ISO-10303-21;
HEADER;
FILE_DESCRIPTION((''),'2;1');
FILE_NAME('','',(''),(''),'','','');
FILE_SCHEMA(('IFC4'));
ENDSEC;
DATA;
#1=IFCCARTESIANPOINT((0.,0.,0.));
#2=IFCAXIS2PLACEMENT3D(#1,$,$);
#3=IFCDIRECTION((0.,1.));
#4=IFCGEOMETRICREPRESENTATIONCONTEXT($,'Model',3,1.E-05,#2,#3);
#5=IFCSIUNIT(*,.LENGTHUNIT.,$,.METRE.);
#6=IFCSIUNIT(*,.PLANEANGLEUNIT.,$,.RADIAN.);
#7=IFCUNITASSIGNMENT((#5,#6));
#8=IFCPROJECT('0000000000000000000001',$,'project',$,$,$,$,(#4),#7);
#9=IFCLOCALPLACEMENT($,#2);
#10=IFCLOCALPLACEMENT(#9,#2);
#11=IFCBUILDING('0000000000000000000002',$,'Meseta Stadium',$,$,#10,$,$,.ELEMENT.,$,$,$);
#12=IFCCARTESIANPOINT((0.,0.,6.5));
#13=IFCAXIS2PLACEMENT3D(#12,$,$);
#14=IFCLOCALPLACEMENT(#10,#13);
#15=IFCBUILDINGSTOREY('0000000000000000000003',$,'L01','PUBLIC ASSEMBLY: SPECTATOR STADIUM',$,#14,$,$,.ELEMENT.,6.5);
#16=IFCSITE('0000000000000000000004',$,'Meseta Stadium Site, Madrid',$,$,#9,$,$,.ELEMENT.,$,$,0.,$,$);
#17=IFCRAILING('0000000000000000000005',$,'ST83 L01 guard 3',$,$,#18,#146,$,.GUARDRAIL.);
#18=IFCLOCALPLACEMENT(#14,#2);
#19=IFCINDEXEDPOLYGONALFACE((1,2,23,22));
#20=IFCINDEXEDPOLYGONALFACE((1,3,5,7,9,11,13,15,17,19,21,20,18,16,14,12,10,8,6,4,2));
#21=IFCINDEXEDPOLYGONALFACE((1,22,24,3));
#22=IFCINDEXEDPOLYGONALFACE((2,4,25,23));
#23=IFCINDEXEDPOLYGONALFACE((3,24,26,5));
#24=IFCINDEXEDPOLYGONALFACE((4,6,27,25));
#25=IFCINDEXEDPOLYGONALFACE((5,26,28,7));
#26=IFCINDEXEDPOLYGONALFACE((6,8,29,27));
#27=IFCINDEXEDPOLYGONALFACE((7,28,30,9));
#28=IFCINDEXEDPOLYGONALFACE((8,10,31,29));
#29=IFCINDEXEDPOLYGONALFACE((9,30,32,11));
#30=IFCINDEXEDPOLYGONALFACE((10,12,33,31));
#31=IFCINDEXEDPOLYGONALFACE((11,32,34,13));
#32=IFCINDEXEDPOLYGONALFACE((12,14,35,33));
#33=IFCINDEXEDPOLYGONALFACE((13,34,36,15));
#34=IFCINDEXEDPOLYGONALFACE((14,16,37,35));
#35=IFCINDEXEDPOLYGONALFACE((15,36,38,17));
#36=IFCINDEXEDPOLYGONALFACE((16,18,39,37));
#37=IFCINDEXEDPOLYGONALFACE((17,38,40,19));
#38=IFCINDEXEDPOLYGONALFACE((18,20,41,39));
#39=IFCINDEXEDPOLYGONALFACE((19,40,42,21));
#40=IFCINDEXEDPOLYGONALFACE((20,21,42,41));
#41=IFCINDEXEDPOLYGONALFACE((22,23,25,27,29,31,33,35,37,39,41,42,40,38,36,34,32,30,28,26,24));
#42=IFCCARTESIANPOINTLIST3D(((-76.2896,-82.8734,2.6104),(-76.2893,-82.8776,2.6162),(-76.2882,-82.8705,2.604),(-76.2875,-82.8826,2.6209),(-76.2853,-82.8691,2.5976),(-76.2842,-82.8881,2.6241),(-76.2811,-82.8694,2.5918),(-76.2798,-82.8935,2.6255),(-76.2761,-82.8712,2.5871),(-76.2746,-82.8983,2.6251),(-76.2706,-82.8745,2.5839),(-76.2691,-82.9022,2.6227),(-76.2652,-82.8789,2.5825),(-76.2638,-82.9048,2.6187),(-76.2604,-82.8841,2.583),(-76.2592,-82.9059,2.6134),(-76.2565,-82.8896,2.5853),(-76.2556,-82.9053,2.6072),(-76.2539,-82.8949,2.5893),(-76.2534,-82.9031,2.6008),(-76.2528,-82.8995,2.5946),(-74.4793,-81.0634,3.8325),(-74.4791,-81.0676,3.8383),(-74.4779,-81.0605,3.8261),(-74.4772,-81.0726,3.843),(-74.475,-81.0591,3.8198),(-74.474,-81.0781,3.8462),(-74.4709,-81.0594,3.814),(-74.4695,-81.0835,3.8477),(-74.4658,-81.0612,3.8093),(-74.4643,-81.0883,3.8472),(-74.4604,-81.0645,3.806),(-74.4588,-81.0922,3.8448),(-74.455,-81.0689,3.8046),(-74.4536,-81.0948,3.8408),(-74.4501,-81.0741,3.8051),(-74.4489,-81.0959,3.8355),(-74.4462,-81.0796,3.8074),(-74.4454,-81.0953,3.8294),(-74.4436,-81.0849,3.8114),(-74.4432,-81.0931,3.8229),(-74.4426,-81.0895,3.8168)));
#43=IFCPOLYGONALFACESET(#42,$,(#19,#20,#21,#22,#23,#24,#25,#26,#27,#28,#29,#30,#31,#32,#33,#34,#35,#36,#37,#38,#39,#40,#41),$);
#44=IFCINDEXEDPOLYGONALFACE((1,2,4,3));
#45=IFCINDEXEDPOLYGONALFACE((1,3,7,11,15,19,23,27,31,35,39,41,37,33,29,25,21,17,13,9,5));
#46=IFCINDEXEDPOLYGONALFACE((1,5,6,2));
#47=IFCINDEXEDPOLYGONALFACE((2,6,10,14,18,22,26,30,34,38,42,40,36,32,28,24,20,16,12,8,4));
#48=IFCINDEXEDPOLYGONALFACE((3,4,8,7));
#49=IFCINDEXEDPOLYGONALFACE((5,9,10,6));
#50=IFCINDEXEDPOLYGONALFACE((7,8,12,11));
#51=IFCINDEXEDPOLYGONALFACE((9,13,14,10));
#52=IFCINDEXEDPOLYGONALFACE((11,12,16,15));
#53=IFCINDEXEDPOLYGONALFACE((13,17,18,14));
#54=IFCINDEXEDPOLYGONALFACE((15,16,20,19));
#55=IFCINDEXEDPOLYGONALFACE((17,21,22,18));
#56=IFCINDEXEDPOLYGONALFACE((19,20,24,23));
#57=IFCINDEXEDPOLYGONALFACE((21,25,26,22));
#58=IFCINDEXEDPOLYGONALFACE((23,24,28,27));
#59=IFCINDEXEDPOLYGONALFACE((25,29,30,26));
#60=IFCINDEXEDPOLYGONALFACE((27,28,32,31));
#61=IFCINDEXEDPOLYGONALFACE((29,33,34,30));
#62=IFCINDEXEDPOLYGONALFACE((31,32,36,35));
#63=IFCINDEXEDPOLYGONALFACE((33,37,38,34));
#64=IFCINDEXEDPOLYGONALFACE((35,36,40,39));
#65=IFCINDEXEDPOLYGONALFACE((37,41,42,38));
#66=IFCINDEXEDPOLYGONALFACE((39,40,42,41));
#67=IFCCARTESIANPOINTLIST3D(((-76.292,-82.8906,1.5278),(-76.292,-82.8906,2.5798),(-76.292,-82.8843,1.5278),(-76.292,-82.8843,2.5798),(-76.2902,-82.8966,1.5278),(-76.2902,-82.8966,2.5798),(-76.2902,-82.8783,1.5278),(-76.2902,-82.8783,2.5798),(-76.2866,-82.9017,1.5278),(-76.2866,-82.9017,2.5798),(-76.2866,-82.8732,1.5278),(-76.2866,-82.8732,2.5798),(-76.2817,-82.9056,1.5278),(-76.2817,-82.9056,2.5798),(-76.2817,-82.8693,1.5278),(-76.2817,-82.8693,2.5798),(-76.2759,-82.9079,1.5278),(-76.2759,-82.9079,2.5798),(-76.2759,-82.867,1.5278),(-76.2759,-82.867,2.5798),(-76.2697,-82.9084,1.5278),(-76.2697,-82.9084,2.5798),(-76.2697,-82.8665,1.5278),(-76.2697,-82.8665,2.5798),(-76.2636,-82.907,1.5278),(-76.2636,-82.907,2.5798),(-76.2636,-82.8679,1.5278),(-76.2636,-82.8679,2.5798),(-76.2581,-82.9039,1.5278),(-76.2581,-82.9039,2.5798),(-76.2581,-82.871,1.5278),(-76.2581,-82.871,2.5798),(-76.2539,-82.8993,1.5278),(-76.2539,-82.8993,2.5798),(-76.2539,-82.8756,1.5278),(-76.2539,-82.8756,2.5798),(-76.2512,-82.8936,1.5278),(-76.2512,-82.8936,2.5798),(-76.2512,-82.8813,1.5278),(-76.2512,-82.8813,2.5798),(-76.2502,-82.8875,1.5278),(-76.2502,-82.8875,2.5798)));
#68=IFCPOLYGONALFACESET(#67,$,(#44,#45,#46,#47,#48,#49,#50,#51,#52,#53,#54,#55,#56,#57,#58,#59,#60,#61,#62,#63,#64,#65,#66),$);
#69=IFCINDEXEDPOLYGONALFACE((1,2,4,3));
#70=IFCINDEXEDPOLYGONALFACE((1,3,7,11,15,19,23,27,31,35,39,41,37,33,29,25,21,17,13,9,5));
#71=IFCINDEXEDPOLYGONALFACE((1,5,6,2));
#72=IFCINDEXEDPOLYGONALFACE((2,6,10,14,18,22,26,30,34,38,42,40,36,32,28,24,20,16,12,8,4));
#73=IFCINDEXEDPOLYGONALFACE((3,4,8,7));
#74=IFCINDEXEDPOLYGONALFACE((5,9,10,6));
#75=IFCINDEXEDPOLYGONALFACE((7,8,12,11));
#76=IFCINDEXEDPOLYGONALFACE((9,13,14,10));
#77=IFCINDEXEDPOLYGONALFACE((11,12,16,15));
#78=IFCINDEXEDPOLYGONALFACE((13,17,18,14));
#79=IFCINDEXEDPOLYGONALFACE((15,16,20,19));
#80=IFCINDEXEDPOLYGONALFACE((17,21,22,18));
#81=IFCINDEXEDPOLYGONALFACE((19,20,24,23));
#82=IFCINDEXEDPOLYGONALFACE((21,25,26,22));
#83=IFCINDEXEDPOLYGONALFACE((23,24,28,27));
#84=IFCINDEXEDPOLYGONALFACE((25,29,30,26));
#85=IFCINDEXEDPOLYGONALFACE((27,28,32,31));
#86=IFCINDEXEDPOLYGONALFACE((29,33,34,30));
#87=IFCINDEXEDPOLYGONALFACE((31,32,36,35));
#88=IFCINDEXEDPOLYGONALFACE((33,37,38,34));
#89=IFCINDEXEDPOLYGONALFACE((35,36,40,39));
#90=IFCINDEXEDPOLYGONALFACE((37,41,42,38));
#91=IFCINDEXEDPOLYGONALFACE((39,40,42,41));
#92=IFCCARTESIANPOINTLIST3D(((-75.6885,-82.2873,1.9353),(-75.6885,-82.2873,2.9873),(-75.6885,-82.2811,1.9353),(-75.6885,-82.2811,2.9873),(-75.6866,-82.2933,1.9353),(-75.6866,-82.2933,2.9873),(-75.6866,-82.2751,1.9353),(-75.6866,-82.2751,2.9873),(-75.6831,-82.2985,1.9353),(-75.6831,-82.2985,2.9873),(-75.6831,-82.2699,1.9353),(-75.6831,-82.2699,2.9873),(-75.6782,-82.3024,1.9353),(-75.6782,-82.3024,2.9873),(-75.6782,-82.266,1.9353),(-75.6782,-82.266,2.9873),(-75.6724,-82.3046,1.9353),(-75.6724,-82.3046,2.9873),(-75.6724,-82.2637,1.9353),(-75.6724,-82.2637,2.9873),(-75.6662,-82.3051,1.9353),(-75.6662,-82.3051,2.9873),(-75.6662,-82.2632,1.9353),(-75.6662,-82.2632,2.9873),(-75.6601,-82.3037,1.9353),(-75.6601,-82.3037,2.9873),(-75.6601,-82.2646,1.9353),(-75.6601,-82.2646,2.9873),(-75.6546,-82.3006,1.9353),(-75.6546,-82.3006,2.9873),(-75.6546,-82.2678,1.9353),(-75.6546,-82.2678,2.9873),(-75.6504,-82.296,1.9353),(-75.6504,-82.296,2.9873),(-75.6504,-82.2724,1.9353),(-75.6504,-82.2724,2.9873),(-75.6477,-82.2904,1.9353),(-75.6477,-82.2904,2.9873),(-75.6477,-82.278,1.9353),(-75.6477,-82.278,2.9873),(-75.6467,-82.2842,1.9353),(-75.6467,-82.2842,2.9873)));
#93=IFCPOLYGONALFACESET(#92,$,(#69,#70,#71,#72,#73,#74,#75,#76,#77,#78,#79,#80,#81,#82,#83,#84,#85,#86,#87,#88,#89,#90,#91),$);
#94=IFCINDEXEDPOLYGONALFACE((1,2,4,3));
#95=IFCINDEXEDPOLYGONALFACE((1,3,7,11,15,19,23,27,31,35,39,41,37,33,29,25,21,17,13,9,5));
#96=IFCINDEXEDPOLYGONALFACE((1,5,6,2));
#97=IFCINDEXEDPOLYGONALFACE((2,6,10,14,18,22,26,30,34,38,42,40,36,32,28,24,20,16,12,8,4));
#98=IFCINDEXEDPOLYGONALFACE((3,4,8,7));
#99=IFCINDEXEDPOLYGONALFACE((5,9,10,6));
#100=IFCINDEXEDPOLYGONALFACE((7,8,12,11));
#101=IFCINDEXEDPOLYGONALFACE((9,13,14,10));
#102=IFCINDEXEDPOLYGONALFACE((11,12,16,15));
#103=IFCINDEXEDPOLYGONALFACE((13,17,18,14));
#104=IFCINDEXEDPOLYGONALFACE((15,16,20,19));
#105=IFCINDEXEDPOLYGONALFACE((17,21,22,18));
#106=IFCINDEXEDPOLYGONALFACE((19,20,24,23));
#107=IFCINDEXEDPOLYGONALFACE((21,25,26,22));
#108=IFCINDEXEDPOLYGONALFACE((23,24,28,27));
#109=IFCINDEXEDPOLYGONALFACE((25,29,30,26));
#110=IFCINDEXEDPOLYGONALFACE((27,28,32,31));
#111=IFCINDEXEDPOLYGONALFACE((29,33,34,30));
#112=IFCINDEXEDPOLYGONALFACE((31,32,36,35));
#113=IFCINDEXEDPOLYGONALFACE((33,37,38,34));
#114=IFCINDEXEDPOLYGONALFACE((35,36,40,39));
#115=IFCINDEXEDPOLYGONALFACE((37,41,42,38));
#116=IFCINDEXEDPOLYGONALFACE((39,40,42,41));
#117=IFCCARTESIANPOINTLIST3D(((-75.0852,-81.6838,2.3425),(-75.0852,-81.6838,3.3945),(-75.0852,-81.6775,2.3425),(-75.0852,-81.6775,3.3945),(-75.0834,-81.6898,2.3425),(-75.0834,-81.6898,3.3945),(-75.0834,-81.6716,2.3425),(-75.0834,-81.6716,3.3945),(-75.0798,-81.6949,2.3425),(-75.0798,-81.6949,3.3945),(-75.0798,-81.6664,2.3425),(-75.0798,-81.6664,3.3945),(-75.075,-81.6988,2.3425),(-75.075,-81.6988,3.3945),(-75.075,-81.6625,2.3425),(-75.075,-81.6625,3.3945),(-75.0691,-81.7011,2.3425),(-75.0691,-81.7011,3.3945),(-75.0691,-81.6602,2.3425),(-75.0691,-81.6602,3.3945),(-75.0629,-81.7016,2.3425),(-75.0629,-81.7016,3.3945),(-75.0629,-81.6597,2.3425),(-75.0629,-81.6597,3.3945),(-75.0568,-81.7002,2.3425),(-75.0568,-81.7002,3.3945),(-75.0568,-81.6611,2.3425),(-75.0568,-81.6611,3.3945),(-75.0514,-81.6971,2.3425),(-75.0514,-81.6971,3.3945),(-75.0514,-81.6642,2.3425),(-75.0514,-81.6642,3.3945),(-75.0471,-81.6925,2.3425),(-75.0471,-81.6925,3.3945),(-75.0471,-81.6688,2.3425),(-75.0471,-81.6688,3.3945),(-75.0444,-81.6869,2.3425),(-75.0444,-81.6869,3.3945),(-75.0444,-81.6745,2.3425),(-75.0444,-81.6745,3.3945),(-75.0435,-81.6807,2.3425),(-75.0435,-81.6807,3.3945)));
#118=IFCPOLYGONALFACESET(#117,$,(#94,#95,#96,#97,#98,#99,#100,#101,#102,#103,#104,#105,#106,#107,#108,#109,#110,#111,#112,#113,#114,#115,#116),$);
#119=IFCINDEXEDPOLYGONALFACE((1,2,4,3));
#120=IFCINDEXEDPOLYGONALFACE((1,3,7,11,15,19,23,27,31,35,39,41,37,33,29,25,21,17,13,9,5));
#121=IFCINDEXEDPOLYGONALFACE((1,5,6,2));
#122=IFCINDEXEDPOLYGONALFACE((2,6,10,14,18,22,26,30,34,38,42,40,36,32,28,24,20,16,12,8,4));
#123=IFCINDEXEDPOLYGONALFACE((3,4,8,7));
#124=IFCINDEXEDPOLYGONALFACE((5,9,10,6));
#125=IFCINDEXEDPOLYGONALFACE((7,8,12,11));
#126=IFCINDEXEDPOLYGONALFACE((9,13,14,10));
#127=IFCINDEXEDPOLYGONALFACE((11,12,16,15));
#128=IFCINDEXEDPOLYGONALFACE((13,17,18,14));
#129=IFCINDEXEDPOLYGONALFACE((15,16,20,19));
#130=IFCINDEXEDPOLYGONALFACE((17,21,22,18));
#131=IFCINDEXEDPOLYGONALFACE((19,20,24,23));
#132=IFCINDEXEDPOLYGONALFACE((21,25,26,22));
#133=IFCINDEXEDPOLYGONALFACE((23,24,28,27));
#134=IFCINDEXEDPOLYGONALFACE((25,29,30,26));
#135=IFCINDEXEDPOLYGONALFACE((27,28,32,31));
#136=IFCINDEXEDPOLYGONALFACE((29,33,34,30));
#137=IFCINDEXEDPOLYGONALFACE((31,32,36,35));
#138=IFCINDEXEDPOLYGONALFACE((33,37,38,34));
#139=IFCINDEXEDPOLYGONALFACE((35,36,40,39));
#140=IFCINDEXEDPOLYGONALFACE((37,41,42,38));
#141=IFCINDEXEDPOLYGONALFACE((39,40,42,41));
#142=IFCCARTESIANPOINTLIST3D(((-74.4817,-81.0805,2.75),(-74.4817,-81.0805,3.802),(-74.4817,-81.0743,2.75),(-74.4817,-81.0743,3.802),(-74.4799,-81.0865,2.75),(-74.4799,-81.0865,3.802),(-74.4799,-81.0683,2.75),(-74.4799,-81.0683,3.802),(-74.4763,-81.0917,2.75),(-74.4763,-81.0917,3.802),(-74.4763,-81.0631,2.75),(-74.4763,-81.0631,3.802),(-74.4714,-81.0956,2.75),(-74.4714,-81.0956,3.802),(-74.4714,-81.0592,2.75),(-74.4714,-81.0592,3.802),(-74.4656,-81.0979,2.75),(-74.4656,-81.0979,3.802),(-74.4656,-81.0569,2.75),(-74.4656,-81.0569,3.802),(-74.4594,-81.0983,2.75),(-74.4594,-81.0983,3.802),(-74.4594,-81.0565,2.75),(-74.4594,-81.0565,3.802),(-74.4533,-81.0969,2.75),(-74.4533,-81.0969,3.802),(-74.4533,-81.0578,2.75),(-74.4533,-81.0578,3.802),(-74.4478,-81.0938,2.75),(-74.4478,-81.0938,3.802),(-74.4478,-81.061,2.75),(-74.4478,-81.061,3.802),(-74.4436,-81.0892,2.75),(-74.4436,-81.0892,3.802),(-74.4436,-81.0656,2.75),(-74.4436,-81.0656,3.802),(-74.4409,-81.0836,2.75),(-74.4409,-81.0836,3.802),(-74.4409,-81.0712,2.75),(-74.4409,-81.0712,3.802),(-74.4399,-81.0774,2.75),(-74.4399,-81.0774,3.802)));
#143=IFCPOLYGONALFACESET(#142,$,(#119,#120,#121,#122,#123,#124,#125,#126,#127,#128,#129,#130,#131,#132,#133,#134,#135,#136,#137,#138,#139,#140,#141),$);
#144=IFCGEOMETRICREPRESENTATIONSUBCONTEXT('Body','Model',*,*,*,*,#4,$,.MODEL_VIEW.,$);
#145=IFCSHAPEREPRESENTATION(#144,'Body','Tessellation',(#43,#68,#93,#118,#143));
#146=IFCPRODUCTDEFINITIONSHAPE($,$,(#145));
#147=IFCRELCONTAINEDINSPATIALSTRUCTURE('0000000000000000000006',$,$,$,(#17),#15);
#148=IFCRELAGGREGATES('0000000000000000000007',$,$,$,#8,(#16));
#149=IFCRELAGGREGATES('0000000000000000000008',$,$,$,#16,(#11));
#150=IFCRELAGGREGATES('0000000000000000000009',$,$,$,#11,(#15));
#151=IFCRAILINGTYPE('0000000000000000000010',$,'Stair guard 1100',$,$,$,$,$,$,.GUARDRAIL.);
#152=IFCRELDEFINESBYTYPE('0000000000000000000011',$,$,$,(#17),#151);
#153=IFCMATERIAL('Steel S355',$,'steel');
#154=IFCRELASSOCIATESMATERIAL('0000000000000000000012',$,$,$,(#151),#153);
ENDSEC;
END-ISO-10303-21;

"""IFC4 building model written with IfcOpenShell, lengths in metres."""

from ifc_helpers import new_model, si_unit, direction, frame, origin, origin_2d, place, context, subcontext, project, spatial, circle, extrude, material, type_object, element, save


model = new_model("IFC4")

# Units and contexts
model_context = context("Model", 3, precision=1e-05, world=origin(), true_north=direction((0.0, 1.0)))
body_context = subcontext(model_context, "Body", "Model", "MODEL_VIEW")
ifc_project = project(units=[si_unit("LENGTHUNIT", "METRE"), si_unit("PLANEANGLEUNIT", "RADIAN")], contexts=[model_context])

# Site, building, storey
site_placement = place(None, origin())
site = spatial("IfcSite", under=ifc_project, at=site_placement, Name="Meseta Stadium Site, Madrid", CompositionType="ELEMENT", RefElevation=0.0)
building_placement = place(site_placement, origin())
building = spatial("IfcBuilding", under=site, at=building_placement, Name="Meseta Stadium", CompositionType="ELEMENT")
storey_placement = place(building_placement, frame((0.0, 0.0, 6.5)))
storey = spatial("IfcBuildingStorey", under=building, at=storey_placement, Name="L01", Description="PUBLIC ASSEMBLY: SPECTATOR STADIUM", CompositionType="ELEMENT", Elevation=6.5)

# Railing
ifc_material_1 = material(Name="Steel S355", Category="steel")
railing_type_1 = type_object("IfcRailingType", Name="Stair guard 1100", PredefinedType="GUARDRAIL", material=ifc_material_1)
railing_1_placement = place(storey_placement, frame((-76.2712, -82.8875, 1.5278)))
element("IfcRailing", 1, at=railing_1_placement, inside=storey, type_object=railing_type_1, Name="ST83 L01 guard 3", PredefinedType="GUARDRAIL", context=body_context, shape_type="SweptSolid", body=[
    extrude(circle(Radius=0.0239, at=origin_2d()), frame((0.0, 0.0, 1.0762), z_axis=(0.638159, 0.638073, 0.430832), x_axis=(-0.707059, 0.707154, 0.0)), (0.0, 0.0, 1.0), 2.8367),
    extrude(circle(Radius=0.021, at=origin_2d()), origin(), (0.0, 0.0, 1.0), 1.052),
    extrude(circle(Radius=0.021, at=origin_2d()), frame((0.6035, 0.6033, 0.4075)), (0.0, 0.0, 1.0), 1.052),
    extrude(circle(Radius=0.021, at=origin_2d()), frame((1.2068, 1.2068, 0.8147)), (0.0, 0.0, 1.0), 1.052),
    extrude(circle(Radius=0.021, at=origin_2d()), frame((1.8103, 1.8101, 1.2222)), (0.0, 0.0, 1.0), 1.052),
])

save(model, "model.ifc")
